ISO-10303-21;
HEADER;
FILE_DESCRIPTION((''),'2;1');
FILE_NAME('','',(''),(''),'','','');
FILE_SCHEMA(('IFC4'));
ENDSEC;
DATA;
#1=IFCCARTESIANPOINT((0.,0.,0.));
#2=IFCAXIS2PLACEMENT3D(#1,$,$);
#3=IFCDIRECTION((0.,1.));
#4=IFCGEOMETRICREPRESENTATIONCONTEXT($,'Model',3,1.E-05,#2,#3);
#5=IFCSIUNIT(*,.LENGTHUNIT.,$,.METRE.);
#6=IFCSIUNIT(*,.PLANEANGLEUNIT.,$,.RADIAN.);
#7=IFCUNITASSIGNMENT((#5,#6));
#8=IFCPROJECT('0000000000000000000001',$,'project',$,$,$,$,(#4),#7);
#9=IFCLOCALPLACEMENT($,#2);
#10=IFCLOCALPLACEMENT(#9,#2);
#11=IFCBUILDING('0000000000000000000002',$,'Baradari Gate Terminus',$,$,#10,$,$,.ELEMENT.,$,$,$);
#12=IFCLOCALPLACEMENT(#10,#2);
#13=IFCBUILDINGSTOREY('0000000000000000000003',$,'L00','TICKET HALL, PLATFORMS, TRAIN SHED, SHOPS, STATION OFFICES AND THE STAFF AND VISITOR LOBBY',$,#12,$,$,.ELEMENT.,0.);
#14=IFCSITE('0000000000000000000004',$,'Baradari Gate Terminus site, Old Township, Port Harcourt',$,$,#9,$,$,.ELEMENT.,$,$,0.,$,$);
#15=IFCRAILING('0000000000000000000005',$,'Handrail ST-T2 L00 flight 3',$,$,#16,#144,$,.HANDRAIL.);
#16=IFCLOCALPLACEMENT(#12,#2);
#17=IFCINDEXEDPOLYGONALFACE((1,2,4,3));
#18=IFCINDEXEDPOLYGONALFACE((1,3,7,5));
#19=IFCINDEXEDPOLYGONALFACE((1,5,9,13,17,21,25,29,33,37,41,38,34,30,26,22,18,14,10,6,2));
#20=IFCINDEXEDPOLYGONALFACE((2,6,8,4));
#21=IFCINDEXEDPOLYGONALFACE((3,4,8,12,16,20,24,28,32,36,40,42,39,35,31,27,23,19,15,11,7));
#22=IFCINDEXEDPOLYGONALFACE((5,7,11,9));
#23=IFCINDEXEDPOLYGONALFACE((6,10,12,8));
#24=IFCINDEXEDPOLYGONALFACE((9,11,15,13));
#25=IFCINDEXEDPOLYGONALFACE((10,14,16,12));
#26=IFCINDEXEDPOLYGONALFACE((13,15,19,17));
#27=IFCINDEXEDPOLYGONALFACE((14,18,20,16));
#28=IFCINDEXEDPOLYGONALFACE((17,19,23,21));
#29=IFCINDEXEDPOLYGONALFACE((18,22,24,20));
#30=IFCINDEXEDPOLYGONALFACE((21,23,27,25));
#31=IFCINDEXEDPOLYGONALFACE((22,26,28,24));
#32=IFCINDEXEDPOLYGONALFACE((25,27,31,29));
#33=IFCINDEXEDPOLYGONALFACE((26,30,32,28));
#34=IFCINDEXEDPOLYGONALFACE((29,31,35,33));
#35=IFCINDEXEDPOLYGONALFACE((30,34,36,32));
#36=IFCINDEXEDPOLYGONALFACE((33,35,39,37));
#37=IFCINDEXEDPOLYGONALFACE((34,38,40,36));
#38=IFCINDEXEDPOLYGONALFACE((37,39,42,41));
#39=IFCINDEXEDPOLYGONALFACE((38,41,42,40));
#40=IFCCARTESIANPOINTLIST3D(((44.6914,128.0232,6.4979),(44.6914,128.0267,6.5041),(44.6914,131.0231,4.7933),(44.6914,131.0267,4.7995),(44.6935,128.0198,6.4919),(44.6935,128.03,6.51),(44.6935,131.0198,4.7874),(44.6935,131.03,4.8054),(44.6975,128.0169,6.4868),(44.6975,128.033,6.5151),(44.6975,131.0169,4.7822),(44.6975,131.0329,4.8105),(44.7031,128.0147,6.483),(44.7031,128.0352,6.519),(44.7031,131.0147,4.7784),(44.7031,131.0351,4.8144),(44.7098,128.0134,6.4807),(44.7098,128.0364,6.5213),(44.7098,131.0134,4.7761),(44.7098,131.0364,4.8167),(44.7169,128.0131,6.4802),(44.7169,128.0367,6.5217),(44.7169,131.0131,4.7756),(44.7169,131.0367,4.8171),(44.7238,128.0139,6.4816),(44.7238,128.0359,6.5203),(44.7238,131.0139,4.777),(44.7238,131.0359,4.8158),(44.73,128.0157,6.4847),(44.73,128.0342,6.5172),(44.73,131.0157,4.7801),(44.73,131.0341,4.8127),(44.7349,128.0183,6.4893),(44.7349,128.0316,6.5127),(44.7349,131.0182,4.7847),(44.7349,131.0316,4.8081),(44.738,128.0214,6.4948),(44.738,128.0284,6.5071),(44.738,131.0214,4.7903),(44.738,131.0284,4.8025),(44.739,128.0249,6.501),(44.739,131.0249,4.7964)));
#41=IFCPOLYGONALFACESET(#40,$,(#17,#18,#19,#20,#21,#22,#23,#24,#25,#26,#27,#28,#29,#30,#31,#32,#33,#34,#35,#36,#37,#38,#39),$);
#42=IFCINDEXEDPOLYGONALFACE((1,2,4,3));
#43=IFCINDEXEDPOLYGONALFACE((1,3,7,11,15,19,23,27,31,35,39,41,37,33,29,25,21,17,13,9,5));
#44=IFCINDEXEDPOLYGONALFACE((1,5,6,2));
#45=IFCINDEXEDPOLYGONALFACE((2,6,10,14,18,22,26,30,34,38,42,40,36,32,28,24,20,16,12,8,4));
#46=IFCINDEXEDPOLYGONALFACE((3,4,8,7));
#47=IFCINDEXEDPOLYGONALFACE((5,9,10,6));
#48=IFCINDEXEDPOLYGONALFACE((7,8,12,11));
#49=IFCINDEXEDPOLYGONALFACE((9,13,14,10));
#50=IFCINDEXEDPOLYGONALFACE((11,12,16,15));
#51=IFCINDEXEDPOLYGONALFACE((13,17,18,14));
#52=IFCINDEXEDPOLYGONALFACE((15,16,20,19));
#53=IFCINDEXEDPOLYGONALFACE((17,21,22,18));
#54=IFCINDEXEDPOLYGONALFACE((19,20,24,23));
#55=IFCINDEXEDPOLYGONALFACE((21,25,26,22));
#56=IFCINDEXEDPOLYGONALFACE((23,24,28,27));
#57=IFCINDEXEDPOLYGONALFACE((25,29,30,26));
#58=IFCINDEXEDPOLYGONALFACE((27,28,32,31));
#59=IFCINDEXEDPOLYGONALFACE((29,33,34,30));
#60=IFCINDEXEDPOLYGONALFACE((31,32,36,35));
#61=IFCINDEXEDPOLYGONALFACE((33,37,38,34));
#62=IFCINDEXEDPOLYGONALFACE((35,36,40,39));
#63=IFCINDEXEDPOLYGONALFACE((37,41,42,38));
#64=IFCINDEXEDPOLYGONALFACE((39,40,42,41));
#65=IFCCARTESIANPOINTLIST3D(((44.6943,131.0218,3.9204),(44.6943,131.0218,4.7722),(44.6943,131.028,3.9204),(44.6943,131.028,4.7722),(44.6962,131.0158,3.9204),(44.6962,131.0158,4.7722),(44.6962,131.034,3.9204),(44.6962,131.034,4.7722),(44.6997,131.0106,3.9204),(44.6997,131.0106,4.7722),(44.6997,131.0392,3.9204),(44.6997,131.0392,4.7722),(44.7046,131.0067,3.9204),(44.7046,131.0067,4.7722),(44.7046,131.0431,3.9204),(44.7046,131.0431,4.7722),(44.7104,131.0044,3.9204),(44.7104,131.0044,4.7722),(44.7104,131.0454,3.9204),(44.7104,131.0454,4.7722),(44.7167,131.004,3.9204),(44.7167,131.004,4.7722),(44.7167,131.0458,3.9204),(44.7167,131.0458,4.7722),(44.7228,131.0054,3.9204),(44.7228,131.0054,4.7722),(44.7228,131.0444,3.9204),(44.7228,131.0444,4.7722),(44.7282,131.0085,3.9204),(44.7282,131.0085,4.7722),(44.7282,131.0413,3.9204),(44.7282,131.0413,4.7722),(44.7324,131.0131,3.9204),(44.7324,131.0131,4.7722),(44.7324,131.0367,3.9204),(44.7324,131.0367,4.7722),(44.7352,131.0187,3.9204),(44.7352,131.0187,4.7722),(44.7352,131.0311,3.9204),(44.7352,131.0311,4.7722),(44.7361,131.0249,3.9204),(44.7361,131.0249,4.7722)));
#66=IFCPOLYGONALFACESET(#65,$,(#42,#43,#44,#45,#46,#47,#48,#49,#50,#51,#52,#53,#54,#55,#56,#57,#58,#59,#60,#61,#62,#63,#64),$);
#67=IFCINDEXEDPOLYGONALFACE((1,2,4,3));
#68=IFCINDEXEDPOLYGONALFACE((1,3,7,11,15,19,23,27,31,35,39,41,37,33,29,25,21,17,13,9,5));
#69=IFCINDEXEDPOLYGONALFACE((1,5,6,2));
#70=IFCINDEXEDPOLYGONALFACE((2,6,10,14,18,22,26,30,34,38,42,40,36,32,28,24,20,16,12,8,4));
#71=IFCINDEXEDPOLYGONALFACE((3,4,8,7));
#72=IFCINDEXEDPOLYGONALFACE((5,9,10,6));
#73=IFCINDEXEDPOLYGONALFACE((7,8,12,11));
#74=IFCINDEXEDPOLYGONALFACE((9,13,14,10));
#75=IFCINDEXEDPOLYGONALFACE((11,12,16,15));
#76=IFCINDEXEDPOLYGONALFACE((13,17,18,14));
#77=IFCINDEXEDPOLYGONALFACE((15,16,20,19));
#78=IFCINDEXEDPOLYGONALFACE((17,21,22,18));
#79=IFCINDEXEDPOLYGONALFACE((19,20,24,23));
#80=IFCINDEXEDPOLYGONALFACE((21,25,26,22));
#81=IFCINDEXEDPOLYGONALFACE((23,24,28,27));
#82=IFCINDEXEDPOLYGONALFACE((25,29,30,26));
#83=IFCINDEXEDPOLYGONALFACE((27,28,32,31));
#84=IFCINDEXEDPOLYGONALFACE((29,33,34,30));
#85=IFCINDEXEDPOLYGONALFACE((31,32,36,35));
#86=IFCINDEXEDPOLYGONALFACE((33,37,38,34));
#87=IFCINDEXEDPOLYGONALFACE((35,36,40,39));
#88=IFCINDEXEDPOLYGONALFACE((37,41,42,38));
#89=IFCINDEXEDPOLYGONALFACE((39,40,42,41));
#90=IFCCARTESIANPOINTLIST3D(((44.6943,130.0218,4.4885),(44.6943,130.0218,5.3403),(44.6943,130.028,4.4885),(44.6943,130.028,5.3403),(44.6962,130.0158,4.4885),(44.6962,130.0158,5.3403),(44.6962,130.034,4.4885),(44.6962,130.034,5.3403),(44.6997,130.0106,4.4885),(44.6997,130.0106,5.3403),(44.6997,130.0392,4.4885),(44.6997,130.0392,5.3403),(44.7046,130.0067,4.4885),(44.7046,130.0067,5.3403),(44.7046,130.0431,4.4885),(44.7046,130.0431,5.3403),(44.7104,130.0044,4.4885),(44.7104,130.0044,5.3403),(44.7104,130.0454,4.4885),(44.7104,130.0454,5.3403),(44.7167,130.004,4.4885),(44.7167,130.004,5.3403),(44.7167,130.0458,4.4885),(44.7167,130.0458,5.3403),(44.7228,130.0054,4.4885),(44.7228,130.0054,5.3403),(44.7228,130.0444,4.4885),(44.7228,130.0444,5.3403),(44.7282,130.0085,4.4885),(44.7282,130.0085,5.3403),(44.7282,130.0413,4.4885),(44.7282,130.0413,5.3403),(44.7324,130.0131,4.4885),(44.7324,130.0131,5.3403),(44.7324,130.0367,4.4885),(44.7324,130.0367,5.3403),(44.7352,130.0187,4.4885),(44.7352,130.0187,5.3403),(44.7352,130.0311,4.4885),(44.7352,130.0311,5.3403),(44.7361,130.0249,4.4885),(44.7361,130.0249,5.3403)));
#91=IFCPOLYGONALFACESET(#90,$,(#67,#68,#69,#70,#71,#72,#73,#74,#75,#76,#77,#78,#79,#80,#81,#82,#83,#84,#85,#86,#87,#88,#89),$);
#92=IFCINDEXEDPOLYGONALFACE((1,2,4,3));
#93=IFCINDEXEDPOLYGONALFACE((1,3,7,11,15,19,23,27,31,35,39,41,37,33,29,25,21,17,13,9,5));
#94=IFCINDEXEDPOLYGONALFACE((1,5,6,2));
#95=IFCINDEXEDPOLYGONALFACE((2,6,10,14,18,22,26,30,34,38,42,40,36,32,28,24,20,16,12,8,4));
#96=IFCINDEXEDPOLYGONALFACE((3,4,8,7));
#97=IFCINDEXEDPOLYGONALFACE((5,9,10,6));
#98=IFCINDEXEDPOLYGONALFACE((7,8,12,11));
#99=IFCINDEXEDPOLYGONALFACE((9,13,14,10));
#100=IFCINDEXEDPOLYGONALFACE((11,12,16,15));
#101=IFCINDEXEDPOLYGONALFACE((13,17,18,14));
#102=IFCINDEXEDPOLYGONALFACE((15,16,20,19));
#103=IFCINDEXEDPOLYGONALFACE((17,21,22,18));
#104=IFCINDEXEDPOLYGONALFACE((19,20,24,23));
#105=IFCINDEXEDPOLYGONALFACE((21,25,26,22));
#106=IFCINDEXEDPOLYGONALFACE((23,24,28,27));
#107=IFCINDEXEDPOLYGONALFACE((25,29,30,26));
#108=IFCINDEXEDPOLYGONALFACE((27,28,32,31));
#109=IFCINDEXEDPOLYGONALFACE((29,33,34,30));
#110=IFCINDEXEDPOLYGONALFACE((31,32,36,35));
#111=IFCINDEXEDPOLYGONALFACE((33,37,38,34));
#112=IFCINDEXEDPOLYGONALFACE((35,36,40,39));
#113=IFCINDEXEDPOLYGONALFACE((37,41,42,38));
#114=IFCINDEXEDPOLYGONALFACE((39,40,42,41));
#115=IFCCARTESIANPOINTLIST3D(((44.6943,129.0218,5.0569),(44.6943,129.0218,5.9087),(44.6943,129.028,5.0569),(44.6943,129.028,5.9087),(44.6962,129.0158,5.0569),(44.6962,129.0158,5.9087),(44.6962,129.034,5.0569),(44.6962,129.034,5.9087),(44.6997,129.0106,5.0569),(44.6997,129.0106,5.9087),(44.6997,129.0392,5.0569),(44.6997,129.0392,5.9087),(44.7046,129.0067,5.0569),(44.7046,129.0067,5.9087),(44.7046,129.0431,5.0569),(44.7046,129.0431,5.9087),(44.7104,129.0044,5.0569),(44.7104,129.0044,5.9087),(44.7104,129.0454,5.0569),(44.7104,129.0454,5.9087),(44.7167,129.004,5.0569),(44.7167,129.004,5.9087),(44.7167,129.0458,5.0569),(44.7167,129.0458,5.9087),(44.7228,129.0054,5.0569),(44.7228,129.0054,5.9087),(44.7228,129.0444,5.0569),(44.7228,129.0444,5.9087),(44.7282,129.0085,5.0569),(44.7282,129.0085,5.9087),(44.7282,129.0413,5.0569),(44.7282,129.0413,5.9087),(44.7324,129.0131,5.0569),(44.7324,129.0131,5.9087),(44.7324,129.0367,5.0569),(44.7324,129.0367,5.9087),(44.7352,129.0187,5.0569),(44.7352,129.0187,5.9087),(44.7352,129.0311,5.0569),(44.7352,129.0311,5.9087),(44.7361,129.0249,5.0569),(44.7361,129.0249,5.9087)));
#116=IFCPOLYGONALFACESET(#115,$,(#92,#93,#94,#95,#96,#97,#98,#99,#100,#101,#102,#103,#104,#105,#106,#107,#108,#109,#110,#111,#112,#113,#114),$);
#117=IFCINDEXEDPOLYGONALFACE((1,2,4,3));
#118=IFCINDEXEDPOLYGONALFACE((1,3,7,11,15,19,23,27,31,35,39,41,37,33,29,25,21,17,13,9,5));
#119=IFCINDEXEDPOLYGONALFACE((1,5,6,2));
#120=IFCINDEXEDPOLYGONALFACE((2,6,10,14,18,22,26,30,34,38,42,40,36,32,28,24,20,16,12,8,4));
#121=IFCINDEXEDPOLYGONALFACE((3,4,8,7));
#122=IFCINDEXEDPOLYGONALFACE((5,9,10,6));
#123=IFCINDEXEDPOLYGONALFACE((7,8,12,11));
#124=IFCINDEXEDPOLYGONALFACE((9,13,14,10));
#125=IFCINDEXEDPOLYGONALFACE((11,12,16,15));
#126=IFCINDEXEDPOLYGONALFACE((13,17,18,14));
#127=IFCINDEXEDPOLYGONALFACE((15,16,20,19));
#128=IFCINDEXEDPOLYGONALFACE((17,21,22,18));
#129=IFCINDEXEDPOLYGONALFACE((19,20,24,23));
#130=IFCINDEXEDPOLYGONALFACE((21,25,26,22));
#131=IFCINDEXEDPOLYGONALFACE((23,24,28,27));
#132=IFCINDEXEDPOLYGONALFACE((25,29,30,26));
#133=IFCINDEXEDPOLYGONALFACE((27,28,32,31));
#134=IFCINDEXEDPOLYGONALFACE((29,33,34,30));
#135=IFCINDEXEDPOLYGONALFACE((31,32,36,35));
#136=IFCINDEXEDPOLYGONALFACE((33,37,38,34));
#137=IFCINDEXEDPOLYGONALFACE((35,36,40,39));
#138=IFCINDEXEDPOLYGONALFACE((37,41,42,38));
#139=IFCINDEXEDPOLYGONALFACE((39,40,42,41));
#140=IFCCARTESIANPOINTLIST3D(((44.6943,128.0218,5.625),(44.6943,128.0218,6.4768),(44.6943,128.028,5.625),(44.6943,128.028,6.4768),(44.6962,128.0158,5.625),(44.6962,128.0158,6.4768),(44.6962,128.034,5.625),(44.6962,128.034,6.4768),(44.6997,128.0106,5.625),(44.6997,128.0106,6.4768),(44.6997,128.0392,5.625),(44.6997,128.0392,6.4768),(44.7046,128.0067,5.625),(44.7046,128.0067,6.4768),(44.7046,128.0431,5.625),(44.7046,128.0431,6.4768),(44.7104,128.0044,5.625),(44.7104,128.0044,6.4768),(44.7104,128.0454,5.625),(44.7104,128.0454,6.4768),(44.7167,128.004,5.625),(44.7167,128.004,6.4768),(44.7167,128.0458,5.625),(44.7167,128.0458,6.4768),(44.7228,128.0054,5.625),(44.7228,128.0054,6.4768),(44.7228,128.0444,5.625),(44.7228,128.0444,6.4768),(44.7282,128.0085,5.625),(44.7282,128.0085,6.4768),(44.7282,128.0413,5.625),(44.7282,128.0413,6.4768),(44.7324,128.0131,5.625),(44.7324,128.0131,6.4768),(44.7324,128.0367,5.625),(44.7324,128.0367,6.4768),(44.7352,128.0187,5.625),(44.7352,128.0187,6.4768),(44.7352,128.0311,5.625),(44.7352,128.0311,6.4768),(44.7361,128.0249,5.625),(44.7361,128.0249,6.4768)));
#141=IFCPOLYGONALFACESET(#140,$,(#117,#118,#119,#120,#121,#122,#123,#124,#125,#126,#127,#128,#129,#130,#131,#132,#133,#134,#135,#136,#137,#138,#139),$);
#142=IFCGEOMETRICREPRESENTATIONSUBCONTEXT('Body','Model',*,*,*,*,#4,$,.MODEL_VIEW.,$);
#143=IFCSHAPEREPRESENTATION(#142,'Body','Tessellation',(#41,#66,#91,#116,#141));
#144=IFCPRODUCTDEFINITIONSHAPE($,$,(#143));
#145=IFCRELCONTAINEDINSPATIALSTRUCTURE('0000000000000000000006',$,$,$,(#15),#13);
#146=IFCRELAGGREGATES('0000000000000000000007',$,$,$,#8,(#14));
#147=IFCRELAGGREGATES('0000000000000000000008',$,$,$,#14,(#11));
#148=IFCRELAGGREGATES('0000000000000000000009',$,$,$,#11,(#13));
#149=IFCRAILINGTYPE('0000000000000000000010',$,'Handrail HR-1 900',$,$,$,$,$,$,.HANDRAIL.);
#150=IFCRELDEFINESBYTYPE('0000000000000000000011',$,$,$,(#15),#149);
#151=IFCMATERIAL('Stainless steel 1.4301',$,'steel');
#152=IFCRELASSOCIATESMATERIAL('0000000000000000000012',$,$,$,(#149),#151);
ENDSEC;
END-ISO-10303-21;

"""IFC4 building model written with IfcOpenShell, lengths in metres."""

from ifc_helpers import new_model, si_unit, direction, frame, origin, origin_2d, place, context, subcontext, project, spatial, circle, extrude, material, type_object, element, save


model = new_model("IFC4")

# Units and contexts
model_context = context("Model", 3, precision=1e-05, world=origin(), true_north=direction((0.0, 1.0)))
body_context = subcontext(model_context, "Body", "Model", "MODEL_VIEW")
ifc_project = project(units=[si_unit("LENGTHUNIT", "METRE"), si_unit("PLANEANGLEUNIT", "RADIAN")], contexts=[model_context])

# Site, building, storey
site_placement = place(None, origin())
site = spatial("IfcSite", under=ifc_project, at=site_placement, Name="Baradari Gate Terminus site, Old Township, Port Harcourt", CompositionType="ELEMENT", RefElevation=0.0)
building_placement = place(site_placement, origin())
building = spatial("IfcBuilding", under=site, at=building_placement, Name="Baradari Gate Terminus", CompositionType="ELEMENT")
storey_placement = place(building_placement, origin())
storey = spatial("IfcBuildingStorey", under=building, at=storey_placement, Name="L00", Description="TICKET HALL, PLATFORMS, TRAIN SHED, SHOPS, STATION OFFICES AND THE STAFF AND VISITOR LOBBY", CompositionType="ELEMENT", Elevation=0.0)

# Railing
ifc_material_1 = material(Name="Stainless steel 1.4301", Category="steel")
railing_type_1 = type_object("IfcRailingType", Name="Handrail HR-1 900", PredefinedType="HANDRAIL", material=ifc_material_1)
for number, where, name in (
    (1, (44.7151, 131.0249, 3.9204), "Handrail ST-T2 L00 flight 3"),
):
    element("IfcRailing", number, at=place(storey_placement, frame(where)), inside=storey, type_object=railing_type_1, Name=name, PredefinedType="HANDRAIL", context=body_context, shape_type="SweptSolid", body=[
        extrude(circle(Radius=0.0239, at=origin_2d()), frame((0.0, 0.0, 0.876), z_axis=(0.0, -0.869451, 0.494019), x_axis=(1.0, 0.0, 0.0)), (0.0, 0.0, 1.0), 3.4504),
        extrude(circle(Radius=0.021, at=origin_2d()), origin(), (0.0, 0.0, 1.0), 0.8518),
        extrude(circle(Radius=0.021, at=origin_2d()), frame((0.0, -1.0, 0.5681)), (0.0, 0.0, 1.0), 0.8518),
        extrude(circle(Radius=0.021, at=origin_2d()), frame((0.0, -2.0, 1.1365)), (0.0, 0.0, 1.0), 0.8518),
        extrude(circle(Radius=0.021, at=origin_2d()), frame((0.0, -3.0, 1.7046)), (0.0, 0.0, 1.0), 0.8518),
    ])

save(model, "model.ifc")
